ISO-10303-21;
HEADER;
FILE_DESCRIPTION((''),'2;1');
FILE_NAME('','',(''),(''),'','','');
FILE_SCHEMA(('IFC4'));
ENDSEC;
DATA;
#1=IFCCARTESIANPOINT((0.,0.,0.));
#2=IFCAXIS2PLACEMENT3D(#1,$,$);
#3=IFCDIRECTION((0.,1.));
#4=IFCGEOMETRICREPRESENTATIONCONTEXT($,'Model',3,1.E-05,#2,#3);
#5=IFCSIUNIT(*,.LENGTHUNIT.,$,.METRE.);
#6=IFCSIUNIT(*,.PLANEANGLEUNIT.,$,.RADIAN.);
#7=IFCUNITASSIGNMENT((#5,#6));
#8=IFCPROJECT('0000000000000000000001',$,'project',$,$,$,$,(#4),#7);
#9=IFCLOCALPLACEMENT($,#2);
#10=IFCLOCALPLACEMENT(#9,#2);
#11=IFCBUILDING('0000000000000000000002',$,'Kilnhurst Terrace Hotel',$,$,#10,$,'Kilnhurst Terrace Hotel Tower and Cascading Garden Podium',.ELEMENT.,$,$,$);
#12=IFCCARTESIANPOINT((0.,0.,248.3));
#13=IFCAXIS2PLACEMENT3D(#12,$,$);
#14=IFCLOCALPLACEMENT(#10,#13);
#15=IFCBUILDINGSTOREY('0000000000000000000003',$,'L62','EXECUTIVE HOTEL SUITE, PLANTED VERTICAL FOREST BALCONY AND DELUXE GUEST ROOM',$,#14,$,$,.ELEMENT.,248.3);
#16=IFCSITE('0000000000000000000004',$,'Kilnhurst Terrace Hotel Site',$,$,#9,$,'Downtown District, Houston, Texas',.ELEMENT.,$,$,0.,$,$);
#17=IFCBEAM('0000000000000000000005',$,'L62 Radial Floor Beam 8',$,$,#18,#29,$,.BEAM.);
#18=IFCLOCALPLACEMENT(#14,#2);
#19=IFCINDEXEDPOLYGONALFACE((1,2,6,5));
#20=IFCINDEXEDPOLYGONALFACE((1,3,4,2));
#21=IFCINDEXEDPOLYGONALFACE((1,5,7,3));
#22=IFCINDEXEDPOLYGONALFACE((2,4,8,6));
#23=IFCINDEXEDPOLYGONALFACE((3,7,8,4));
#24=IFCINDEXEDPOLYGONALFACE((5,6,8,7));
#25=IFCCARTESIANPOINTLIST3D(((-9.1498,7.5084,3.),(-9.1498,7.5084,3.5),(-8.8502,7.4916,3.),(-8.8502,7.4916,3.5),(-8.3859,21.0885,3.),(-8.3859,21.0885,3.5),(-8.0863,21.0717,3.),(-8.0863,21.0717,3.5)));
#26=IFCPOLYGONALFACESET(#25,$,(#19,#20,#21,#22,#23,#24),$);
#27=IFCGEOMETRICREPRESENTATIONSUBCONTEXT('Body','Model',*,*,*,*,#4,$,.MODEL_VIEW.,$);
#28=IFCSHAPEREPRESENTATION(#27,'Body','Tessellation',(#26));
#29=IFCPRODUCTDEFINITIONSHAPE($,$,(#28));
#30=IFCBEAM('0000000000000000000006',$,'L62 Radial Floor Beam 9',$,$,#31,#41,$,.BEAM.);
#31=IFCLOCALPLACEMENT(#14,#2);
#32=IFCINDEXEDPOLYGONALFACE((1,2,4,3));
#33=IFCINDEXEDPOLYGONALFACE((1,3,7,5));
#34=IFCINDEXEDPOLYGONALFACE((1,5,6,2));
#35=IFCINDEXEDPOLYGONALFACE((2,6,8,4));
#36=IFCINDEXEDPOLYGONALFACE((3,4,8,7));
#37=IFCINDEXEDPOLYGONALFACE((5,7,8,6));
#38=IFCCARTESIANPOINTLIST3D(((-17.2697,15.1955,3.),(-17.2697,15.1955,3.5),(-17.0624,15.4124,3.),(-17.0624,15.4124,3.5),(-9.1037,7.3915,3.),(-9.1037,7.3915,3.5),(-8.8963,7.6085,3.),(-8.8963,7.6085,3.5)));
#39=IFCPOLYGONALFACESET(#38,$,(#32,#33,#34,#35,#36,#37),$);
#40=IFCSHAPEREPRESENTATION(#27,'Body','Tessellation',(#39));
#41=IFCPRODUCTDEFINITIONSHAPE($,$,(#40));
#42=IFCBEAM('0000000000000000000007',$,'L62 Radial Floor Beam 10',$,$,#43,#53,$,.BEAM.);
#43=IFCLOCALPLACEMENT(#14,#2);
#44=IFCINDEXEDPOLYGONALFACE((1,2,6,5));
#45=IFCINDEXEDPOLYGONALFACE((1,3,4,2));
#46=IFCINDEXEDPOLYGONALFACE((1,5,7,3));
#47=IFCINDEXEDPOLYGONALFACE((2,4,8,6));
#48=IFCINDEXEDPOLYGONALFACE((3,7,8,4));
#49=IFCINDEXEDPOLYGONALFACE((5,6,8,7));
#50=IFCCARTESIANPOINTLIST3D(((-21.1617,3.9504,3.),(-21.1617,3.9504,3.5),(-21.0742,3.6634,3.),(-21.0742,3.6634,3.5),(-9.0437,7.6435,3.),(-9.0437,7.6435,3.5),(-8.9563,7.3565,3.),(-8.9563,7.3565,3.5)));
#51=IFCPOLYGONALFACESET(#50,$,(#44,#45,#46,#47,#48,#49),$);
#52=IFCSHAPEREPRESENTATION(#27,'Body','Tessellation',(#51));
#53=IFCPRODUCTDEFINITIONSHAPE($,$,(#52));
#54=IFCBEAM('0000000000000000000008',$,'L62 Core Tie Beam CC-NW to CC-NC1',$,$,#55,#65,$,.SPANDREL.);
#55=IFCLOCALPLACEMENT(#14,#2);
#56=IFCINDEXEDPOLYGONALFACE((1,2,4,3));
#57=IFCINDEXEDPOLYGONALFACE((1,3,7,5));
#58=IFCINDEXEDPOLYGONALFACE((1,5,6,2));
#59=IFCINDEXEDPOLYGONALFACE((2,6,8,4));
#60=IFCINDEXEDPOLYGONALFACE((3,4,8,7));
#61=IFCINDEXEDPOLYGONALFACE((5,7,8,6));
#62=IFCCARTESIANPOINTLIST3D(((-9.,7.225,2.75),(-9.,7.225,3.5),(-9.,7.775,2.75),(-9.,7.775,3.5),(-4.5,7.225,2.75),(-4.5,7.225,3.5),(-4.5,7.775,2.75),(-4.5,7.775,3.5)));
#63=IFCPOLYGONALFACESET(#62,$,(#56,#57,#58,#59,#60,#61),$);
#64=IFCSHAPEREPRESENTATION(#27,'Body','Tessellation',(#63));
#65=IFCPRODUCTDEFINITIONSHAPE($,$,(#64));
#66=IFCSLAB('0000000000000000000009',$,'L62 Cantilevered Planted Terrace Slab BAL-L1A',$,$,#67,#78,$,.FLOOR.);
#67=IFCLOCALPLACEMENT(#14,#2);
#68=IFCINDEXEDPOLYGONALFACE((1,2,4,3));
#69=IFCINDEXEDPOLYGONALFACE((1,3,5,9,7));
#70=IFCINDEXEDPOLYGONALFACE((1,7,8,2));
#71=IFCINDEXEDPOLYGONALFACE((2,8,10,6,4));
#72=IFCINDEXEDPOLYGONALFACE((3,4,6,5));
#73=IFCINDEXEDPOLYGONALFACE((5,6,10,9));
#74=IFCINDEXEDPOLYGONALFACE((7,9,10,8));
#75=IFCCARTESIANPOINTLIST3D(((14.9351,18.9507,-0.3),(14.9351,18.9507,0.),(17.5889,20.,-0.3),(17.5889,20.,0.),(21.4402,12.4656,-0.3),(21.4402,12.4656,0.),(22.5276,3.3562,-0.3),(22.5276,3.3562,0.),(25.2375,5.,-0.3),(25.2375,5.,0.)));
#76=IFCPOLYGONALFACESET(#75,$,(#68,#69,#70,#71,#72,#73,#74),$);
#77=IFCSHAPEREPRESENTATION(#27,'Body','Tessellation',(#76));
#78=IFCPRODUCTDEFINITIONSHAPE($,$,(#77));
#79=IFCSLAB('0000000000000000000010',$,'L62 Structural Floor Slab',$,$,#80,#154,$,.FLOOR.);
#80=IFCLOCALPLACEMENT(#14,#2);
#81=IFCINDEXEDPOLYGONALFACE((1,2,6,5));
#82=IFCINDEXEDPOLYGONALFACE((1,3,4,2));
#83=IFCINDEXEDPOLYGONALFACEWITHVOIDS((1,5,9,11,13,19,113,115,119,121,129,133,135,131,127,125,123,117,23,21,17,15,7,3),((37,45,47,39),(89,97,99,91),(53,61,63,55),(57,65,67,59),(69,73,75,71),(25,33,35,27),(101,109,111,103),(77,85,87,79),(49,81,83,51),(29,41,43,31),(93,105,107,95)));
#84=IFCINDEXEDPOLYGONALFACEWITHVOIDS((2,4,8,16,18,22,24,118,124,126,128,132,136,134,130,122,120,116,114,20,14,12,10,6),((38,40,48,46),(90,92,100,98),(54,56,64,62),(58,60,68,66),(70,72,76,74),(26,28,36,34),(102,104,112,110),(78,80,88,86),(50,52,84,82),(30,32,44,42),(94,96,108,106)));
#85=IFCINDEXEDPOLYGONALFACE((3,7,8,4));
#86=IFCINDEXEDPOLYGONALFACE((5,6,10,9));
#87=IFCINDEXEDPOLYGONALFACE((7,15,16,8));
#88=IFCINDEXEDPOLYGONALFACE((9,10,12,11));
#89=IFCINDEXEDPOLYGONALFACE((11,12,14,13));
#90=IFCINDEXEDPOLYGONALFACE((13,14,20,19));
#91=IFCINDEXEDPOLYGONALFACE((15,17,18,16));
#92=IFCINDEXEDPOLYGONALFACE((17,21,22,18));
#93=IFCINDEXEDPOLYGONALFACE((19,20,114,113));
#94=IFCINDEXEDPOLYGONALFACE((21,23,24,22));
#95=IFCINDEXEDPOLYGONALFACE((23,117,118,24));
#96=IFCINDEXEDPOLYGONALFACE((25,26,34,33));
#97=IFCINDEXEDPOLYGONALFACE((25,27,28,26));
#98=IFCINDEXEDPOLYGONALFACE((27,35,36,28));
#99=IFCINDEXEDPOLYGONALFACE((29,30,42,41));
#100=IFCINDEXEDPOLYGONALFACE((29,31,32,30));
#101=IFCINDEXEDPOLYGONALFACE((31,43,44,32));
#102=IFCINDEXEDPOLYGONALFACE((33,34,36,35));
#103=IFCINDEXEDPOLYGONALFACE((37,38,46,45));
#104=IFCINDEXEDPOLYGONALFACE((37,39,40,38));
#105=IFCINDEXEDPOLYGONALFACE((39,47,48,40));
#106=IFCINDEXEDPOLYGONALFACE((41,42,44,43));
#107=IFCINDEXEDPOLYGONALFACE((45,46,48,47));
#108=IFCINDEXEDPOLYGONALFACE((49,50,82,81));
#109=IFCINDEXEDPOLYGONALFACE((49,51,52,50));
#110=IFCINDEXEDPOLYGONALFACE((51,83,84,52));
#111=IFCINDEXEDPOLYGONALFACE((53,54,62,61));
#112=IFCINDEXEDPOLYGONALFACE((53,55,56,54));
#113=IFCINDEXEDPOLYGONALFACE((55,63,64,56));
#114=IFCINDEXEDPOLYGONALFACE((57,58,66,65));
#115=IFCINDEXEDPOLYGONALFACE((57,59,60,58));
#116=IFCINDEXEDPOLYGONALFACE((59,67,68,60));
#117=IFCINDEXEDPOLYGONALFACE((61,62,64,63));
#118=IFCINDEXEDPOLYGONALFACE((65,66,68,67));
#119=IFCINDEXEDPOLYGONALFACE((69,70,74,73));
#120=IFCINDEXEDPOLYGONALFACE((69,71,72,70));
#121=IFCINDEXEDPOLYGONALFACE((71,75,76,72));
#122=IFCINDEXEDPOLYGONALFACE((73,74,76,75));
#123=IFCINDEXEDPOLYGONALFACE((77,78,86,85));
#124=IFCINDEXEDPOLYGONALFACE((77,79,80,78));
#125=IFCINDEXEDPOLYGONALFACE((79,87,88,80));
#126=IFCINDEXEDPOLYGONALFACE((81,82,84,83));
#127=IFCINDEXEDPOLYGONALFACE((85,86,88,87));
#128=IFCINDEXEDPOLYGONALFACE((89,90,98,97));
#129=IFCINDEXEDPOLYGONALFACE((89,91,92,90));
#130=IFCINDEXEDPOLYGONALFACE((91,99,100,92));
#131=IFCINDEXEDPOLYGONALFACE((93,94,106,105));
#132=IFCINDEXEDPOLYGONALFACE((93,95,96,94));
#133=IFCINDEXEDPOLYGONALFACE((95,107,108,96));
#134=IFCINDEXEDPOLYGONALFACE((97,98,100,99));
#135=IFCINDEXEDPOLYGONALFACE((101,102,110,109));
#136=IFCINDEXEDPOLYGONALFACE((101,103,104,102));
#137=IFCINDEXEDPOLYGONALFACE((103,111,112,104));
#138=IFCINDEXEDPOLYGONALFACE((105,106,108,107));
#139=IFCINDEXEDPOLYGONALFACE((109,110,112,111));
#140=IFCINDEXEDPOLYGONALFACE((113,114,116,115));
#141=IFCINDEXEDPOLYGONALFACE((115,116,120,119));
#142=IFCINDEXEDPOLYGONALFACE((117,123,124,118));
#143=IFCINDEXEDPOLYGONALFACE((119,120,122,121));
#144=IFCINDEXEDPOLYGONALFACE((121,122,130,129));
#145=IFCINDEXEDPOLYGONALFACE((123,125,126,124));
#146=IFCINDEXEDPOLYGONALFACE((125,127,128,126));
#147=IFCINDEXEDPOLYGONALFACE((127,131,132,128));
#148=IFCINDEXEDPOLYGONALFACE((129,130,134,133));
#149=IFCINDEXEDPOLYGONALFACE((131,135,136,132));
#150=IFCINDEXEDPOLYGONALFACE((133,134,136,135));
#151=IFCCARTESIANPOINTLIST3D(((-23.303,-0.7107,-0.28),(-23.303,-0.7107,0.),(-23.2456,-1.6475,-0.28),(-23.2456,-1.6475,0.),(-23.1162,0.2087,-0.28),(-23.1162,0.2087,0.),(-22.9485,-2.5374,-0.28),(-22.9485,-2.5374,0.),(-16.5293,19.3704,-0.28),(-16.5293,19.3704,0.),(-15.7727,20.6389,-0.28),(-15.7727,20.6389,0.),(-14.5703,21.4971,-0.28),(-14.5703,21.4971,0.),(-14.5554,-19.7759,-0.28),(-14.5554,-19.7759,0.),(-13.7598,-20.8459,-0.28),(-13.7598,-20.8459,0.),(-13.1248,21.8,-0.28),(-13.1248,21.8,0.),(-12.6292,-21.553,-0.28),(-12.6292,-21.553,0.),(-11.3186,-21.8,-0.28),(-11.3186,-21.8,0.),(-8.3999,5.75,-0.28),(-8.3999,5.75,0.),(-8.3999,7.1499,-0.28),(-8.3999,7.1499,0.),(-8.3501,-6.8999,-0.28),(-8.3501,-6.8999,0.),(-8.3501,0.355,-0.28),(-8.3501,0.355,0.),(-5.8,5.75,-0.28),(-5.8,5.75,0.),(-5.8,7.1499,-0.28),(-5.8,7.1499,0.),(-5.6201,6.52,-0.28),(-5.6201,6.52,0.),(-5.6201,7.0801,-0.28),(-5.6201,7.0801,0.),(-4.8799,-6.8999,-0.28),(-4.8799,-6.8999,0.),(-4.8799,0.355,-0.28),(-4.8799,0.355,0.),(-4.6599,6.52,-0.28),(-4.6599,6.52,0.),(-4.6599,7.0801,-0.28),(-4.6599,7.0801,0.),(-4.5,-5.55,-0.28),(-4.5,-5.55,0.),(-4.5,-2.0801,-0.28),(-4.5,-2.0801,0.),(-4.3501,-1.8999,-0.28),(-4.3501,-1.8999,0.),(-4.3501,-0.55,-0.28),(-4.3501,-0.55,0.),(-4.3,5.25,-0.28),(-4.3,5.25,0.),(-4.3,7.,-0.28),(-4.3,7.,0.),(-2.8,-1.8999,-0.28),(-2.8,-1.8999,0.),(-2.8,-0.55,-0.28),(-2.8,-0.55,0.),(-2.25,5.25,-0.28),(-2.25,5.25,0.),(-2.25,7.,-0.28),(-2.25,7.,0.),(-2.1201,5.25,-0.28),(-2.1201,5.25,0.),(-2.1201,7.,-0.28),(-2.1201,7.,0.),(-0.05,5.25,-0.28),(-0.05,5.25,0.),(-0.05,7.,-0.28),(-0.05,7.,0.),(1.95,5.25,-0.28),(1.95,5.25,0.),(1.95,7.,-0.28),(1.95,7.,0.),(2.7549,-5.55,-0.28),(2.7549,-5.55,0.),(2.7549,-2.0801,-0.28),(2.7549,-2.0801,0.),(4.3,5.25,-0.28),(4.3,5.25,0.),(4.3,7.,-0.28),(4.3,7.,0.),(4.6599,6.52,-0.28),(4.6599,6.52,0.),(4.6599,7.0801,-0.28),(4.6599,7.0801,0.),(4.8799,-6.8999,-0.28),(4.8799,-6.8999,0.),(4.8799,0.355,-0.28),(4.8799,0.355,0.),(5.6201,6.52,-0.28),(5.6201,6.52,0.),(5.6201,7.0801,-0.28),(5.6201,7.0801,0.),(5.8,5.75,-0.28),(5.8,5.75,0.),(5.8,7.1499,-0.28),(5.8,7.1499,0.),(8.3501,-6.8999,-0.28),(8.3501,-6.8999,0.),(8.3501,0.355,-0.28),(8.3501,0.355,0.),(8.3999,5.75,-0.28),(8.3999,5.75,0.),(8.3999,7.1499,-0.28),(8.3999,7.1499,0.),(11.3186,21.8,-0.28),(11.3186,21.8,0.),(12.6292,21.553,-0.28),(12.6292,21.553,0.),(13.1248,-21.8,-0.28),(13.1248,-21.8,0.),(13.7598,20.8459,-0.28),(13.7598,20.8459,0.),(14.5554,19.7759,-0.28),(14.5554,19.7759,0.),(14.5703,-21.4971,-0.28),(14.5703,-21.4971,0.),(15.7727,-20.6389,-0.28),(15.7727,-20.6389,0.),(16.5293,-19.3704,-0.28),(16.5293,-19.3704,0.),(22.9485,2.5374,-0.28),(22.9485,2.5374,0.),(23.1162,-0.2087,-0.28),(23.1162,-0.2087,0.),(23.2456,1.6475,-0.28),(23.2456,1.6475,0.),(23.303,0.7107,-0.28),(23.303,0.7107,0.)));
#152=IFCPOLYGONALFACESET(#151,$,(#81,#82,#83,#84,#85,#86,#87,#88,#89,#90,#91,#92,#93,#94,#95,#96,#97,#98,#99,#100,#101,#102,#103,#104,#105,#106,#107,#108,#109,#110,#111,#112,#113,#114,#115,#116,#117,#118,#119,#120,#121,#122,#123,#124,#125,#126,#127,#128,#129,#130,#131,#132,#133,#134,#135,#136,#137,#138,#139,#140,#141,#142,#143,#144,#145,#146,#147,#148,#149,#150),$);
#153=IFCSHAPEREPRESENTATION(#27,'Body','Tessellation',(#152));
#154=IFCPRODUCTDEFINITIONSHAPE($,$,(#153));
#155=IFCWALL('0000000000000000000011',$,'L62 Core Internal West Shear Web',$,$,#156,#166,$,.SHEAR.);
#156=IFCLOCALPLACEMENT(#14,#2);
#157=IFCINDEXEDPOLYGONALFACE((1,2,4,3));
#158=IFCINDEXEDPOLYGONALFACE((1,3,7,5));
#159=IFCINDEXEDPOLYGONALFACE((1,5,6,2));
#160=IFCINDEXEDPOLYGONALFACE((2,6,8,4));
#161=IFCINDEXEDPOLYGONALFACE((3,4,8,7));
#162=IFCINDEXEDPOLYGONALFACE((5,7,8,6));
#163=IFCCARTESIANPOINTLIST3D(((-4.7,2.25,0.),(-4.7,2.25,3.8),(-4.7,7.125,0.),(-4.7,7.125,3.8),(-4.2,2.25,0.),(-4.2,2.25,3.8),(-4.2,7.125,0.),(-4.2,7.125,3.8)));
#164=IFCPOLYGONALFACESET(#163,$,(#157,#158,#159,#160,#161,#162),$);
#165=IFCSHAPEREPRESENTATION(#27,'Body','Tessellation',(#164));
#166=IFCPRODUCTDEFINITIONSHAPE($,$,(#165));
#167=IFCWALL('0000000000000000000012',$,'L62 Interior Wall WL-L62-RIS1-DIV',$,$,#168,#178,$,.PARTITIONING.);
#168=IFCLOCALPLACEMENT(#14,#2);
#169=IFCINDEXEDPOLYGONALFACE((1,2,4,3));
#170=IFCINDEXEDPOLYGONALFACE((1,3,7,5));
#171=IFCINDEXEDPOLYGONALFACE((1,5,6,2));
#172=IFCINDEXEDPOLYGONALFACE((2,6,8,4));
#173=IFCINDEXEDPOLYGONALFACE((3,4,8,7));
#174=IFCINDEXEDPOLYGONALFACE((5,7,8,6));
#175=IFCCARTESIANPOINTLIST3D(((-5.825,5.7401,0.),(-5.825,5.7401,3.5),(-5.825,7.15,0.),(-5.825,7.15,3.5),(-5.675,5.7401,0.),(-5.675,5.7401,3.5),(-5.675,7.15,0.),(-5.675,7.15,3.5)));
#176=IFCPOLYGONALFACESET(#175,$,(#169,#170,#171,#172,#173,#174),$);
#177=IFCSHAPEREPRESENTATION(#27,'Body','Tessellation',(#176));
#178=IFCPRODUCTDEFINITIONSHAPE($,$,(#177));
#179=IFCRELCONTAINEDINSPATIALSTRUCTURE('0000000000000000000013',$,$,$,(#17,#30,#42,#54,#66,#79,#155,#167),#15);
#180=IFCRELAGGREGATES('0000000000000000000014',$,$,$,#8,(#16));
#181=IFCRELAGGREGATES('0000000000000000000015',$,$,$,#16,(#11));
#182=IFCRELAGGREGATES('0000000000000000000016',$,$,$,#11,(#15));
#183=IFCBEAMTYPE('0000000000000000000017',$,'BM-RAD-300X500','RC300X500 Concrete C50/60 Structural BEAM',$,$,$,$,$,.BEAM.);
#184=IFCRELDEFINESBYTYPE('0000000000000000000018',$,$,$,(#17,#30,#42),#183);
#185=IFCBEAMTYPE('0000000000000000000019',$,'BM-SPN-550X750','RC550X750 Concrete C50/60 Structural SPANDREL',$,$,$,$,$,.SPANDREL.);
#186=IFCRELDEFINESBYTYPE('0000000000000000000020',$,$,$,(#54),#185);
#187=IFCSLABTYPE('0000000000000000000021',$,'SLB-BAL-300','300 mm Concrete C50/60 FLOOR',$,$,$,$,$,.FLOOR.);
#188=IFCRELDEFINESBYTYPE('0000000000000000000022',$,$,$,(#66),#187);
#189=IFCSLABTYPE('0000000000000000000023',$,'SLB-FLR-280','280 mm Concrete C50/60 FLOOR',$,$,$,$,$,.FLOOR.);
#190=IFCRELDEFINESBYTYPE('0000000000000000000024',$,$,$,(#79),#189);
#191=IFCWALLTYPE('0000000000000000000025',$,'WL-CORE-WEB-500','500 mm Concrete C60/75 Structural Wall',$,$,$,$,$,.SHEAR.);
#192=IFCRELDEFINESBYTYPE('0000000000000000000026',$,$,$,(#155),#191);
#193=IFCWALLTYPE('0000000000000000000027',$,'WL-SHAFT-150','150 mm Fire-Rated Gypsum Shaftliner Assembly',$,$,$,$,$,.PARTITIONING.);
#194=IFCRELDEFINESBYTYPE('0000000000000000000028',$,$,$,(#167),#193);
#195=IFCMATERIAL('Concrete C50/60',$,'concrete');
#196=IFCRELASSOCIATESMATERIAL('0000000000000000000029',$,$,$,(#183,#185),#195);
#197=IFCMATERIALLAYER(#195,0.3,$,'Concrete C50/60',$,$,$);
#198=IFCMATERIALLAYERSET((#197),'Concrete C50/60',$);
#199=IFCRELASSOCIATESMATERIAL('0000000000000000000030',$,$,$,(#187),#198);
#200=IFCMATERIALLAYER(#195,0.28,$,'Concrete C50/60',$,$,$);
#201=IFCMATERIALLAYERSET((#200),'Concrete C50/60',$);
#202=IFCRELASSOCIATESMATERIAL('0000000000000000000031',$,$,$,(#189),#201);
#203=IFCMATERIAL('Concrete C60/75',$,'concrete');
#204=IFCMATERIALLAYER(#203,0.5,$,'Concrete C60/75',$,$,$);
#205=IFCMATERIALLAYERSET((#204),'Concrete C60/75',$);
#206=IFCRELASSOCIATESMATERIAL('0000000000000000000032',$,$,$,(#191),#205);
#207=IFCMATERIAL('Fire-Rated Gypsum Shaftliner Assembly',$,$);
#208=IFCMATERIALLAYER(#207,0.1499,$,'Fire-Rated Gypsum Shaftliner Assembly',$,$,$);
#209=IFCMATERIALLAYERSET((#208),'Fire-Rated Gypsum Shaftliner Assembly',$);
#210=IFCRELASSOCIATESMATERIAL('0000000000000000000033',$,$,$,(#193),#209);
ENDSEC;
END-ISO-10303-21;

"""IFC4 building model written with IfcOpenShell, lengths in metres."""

from ifc_helpers import new_model, si_unit, direction, frame, frame_2d, origin, origin_2d, place, context, subcontext, project, spatial, polyline, rectangle, outline, extrude, material, layer, layer_set, material_profile, profile_set, type_object, element, save


model = new_model("IFC4")

# Units and contexts
model_context = context("Model", 3, precision=1e-05, world=origin(), true_north=direction((0.0, 1.0)))
body_context = subcontext(model_context, "Body", "Model", "MODEL_VIEW")
ifc_project = project(units=[si_unit("LENGTHUNIT", "METRE"), si_unit("PLANEANGLEUNIT", "RADIAN")], contexts=[model_context])

# Site, building, storey
site_placement = place(None, origin())
site = spatial("IfcSite", under=ifc_project, at=site_placement, Name="Kilnhurst Terrace Hotel Site", LongName="Downtown District, Houston, Texas", CompositionType="ELEMENT", RefElevation=0.0)
building_placement = place(site_placement, origin())
building = spatial("IfcBuilding", under=site, at=building_placement, Name="Kilnhurst Terrace Hotel", LongName="Kilnhurst Terrace Hotel Tower and Cascading Garden Podium", CompositionType="ELEMENT")
storey_placement = place(building_placement, frame((0.0, 0.0, 248.3)))
storey = spatial("IfcBuildingStorey", under=building, at=storey_placement, Name="L62", Description="EXECUTIVE HOTEL SUITE, PLANTED VERTICAL FOREST BALCONY AND DELUXE GUEST ROOM", CompositionType="ELEMENT", Elevation=248.3)

# Beams
ifc_material_1 = material(Name="Concrete C50/60", Category="concrete")
ifc_material_profile_1 = material_profile(ifc_material_1, rectangle(XDim=0.3, YDim=0.5, at=origin_2d()), Name="RC300X500")
ifc_profile_set_1 = profile_set([ifc_material_profile_1], Name="Concrete C50/60")
beam_type_1 = type_object("IfcBeamType", Name="BM-RAD-300X500", Description="RC300X500 Concrete C50/60 Structural BEAM", PredefinedType="BEAM", material=ifc_profile_set_1)
beam_1_placement = place(storey_placement, frame((-9.0, 7.5, 3.25), z_axis=(0.056164, 0.998422, 0.0), x_axis=(-0.998422, 0.056164, 0.0)))
element("IfcBeam", 1, at=beam_1_placement, inside=storey, type_object=beam_type_1, Name="L62 Radial Floor Beam 8", PredefinedType="BEAM", context=body_context, shape_type="SweptSolid", body=[
    extrude(rectangle(XDim=0.3, YDim=0.5, at=origin_2d()), origin(), (0.0, 0.0, 1.0), 13.6016),
])
beam_2_placement = place(storey_placement, frame((-9.0, 7.5, 3.25), z_axis=(-0.722952, 0.690898, 0.0), x_axis=(-0.690898, -0.722952, 0.0)))
element("IfcBeam", 2, at=beam_2_placement, inside=storey, type_object=beam_type_1, Name="L62 Radial Floor Beam 9", PredefinedType="BEAM", context=body_context, shape_type="SweptSolid", body=[
    extrude(rectangle(XDim=0.3, YDim=0.5, at=origin_2d()), origin(), (0.0, 0.0, 1.0), 11.2954),
])
beam_3_placement = place(storey_placement, frame((-9.0, 7.5, 3.25), z_axis=(-0.956563, -0.291527, 0.0), x_axis=(0.291527, -0.956563, 0.0)))
element("IfcBeam", 3, at=beam_3_placement, inside=storey, type_object=beam_type_1, Name="L62 Radial Floor Beam 10", PredefinedType="BEAM", context=body_context, shape_type="SweptSolid", body=[
    extrude(rectangle(XDim=0.3, YDim=0.5, at=origin_2d()), origin(), (0.0, 0.0, 1.0), 12.6682),
])
ifc_material_profile_2 = material_profile(ifc_material_1, rectangle(XDim=0.55, YDim=0.75, at=origin_2d()), Name="RC550X750")
ifc_profile_set_2 = profile_set([ifc_material_profile_2], Name="Concrete C50/60")
beam_type_2 = type_object("IfcBeamType", Name="BM-SPN-550X750", Description="RC550X750 Concrete C50/60 Structural SPANDREL", PredefinedType="SPANDREL", material=ifc_profile_set_2)
beam_4_placement = place(storey_placement, frame((-9.0, 7.5, 3.125), z_axis=(1.0, 0.0, 0.0), x_axis=(0.0, 1.0, 0.0)))
element("IfcBeam", 4, at=beam_4_placement, inside=storey, type_object=beam_type_2, Name="L62 Core Tie Beam CC-NW to CC-NC1", PredefinedType="SPANDREL", context=body_context, shape_type="SweptSolid", body=[
    extrude(rectangle(XDim=0.55, YDim=0.75, at=origin_2d()), origin(), (0.0, 0.0, 1.0), 4.5),
])

# Slabs
ifc_layer_1 = layer(ifc_material_1, 0.3, Name="Concrete C50/60")
ifc_layer_set_1 = layer_set([ifc_layer_1], Name="Concrete C50/60")
slab_type_1 = type_object("IfcSlabType", Name="SLB-BAL-300", Description="300 mm Concrete C50/60 FLOOR", PredefinedType="FLOOR", material=ifc_layer_set_1)
slab_1_placement = place(storey_placement, frame((0.0, 0.0, -0.3)))
element("IfcSlab", 5, at=slab_1_placement, inside=storey, type_object=slab_type_1, Name="L62 Cantilevered Planted Terrace Slab BAL-L1A", PredefinedType="FLOOR", context=body_context, shape_type="SweptSolid", body=[
    extrude(outline(polyline([(21.4402, 12.4656), (25.2375, 5.0), (22.5276, 3.3562), (14.9351, 18.9507), (17.5889, 20.0), (21.4402, 12.4656)])), origin(), (0.0, 0.0, 1.0), 0.3),
])
ifc_layer_2 = layer(ifc_material_1, 0.28, Name="Concrete C50/60")
ifc_layer_set_2 = layer_set([ifc_layer_2], Name="Concrete C50/60")
slab_type_2 = type_object("IfcSlabType", Name="SLB-FLR-280", Description="280 mm Concrete C50/60 FLOOR", PredefinedType="FLOOR", material=ifc_layer_set_2)
slab_2_placement = place(storey_placement, frame((0.0, 0.0, -0.28)))
element("IfcSlab", 6, at=slab_2_placement, inside=storey, type_object=slab_type_2, Name="L62 Structural Floor Slab", PredefinedType="FLOOR", context=body_context, shape_type="SweptSolid", body=[
    extrude(outline(polyline([(-14.5554, -19.7759), (-13.7598, -20.8459), (-12.6292, -21.553), (-11.3186, -21.8), (13.1248, -21.8), (14.5703, -21.4971), (15.7727, -20.6389), (16.5293, -19.3704), (23.1162, -0.2087), (23.303, 0.7107), (23.2456, 1.6475), (22.9485, 2.5374), (14.5554, 19.7759), (13.7598, 20.8459), (12.6292, 21.553), (11.3186, 21.8), (-13.1248, 21.8), (-14.5703, 21.4971), (-15.7727, 20.6389), (-16.5293, 19.3704), (-23.1162, 0.2087), (-23.303, -0.7107), (-23.2456, -1.6475), (-22.9485, -2.5374), (-14.5554, -19.7759)]), holes=[polyline([(-8.3501, 0.355), (-4.8799, 0.355), (-4.8799, -6.8999), (-8.3501, -6.8999), (-8.3501, 0.355)]), polyline([(-2.8, -1.8999), (-4.3501, -1.8999), (-4.3501, -0.55), (-2.8, -0.55), (-2.8, -1.8999)]), polyline([(-2.25, 5.25), (-4.3, 5.25), (-4.3, 7.0), (-2.25, 7.0), (-2.25, 5.25)]), polyline([(-2.1201, 5.25), (-2.1201, 7.0), (-0.05, 7.0), (-0.05, 5.25), (-2.1201, 5.25)]), polyline([(-8.3999, 5.75), (-8.3999, 7.1499), (-5.8, 7.1499), (-5.8, 5.75), (-8.3999, 5.75)]), polyline([(-4.6599, 6.52), (-5.6201, 6.52), (-5.6201, 7.0801), (-4.6599, 7.0801), (-4.6599, 6.52)]), polyline([(2.7549, -5.55), (-4.5, -5.55), (-4.5, -2.0801), (2.7549, -2.0801), (2.7549, -5.55)]), polyline([(8.3501, 0.355), (8.3501, -6.8999), (4.8799, -6.8999), (4.8799, 0.355), (8.3501, 0.355)]), polyline([(4.3, 5.25), (1.95, 5.25), (1.95, 7.0), (4.3, 7.0), (4.3, 5.25)]), polyline([(5.8, 5.75), (5.8, 7.1499), (8.3999, 7.1499), (8.3999, 5.75), (5.8, 5.75)]), polyline([(4.6599, 6.52), (4.6599, 7.0801), (5.6201, 7.0801), (5.6201, 6.52), (4.6599, 6.52)])]), origin(), (0.0, 0.0, 1.0), 0.28),
])

# Walls
ifc_material_2 = material(Name="Concrete C60/75", Category="concrete")
ifc_layer_3 = layer(ifc_material_2, 0.5, Name="Concrete C60/75")
ifc_layer_set_3 = layer_set([ifc_layer_3], Name="Concrete C60/75")
wall_type_1 = type_object("IfcWallType", Name="WL-CORE-WEB-500", Description="500 mm Concrete C60/75 Structural Wall", PredefinedType="SHEAR", material=ifc_layer_set_3)
wall_1_placement = place(storey_placement, frame((-4.45, 2.25, 0.0), z_axis=(0.0, 0.0, 1.0), x_axis=(0.0, 1.0, 0.0)))
element("IfcWall", 7, at=wall_1_placement, inside=storey, type_object=wall_type_1, Name="L62 Core Internal West Shear Web", PredefinedType="SHEAR", context=body_context, shape_type="SweptSolid", body=[
    extrude(rectangle(XDim=4.875, YDim=0.5, at=frame_2d((2.4375, 0.0))), origin(), (0.0, 0.0, 1.0), 3.8),
])
ifc_material_3 = material(Name="Fire-Rated Gypsum Shaftliner Assembly")
ifc_layer_4 = layer(ifc_material_3, 0.1499, Name="Fire-Rated Gypsum Shaftliner Assembly")
ifc_layer_set_4 = layer_set([ifc_layer_4], Name="Fire-Rated Gypsum Shaftliner Assembly")
wall_type_2 = type_object("IfcWallType", Name="WL-SHAFT-150", Description="150 mm Fire-Rated Gypsum Shaftliner Assembly", PredefinedType="PARTITIONING", material=ifc_layer_set_4)
wall_2_placement = place(storey_placement, frame((-5.75, 5.74, 0.0), z_axis=(0.0, 0.0, 1.0), x_axis=(0.0, 1.0, 0.0)))
element("IfcWall", 8, at=wall_2_placement, inside=storey, type_object=wall_type_2, Name="L62 Interior Wall WL-L62-RIS1-DIV", PredefinedType="PARTITIONING", context=body_context, shape_type="SweptSolid", body=[
    extrude(rectangle(XDim=1.4099, YDim=0.1499, at=frame_2d((0.7051, 0.0))), origin(), (0.0, 0.0, 1.0), 3.5),
])

save(model, "model.ifc")
